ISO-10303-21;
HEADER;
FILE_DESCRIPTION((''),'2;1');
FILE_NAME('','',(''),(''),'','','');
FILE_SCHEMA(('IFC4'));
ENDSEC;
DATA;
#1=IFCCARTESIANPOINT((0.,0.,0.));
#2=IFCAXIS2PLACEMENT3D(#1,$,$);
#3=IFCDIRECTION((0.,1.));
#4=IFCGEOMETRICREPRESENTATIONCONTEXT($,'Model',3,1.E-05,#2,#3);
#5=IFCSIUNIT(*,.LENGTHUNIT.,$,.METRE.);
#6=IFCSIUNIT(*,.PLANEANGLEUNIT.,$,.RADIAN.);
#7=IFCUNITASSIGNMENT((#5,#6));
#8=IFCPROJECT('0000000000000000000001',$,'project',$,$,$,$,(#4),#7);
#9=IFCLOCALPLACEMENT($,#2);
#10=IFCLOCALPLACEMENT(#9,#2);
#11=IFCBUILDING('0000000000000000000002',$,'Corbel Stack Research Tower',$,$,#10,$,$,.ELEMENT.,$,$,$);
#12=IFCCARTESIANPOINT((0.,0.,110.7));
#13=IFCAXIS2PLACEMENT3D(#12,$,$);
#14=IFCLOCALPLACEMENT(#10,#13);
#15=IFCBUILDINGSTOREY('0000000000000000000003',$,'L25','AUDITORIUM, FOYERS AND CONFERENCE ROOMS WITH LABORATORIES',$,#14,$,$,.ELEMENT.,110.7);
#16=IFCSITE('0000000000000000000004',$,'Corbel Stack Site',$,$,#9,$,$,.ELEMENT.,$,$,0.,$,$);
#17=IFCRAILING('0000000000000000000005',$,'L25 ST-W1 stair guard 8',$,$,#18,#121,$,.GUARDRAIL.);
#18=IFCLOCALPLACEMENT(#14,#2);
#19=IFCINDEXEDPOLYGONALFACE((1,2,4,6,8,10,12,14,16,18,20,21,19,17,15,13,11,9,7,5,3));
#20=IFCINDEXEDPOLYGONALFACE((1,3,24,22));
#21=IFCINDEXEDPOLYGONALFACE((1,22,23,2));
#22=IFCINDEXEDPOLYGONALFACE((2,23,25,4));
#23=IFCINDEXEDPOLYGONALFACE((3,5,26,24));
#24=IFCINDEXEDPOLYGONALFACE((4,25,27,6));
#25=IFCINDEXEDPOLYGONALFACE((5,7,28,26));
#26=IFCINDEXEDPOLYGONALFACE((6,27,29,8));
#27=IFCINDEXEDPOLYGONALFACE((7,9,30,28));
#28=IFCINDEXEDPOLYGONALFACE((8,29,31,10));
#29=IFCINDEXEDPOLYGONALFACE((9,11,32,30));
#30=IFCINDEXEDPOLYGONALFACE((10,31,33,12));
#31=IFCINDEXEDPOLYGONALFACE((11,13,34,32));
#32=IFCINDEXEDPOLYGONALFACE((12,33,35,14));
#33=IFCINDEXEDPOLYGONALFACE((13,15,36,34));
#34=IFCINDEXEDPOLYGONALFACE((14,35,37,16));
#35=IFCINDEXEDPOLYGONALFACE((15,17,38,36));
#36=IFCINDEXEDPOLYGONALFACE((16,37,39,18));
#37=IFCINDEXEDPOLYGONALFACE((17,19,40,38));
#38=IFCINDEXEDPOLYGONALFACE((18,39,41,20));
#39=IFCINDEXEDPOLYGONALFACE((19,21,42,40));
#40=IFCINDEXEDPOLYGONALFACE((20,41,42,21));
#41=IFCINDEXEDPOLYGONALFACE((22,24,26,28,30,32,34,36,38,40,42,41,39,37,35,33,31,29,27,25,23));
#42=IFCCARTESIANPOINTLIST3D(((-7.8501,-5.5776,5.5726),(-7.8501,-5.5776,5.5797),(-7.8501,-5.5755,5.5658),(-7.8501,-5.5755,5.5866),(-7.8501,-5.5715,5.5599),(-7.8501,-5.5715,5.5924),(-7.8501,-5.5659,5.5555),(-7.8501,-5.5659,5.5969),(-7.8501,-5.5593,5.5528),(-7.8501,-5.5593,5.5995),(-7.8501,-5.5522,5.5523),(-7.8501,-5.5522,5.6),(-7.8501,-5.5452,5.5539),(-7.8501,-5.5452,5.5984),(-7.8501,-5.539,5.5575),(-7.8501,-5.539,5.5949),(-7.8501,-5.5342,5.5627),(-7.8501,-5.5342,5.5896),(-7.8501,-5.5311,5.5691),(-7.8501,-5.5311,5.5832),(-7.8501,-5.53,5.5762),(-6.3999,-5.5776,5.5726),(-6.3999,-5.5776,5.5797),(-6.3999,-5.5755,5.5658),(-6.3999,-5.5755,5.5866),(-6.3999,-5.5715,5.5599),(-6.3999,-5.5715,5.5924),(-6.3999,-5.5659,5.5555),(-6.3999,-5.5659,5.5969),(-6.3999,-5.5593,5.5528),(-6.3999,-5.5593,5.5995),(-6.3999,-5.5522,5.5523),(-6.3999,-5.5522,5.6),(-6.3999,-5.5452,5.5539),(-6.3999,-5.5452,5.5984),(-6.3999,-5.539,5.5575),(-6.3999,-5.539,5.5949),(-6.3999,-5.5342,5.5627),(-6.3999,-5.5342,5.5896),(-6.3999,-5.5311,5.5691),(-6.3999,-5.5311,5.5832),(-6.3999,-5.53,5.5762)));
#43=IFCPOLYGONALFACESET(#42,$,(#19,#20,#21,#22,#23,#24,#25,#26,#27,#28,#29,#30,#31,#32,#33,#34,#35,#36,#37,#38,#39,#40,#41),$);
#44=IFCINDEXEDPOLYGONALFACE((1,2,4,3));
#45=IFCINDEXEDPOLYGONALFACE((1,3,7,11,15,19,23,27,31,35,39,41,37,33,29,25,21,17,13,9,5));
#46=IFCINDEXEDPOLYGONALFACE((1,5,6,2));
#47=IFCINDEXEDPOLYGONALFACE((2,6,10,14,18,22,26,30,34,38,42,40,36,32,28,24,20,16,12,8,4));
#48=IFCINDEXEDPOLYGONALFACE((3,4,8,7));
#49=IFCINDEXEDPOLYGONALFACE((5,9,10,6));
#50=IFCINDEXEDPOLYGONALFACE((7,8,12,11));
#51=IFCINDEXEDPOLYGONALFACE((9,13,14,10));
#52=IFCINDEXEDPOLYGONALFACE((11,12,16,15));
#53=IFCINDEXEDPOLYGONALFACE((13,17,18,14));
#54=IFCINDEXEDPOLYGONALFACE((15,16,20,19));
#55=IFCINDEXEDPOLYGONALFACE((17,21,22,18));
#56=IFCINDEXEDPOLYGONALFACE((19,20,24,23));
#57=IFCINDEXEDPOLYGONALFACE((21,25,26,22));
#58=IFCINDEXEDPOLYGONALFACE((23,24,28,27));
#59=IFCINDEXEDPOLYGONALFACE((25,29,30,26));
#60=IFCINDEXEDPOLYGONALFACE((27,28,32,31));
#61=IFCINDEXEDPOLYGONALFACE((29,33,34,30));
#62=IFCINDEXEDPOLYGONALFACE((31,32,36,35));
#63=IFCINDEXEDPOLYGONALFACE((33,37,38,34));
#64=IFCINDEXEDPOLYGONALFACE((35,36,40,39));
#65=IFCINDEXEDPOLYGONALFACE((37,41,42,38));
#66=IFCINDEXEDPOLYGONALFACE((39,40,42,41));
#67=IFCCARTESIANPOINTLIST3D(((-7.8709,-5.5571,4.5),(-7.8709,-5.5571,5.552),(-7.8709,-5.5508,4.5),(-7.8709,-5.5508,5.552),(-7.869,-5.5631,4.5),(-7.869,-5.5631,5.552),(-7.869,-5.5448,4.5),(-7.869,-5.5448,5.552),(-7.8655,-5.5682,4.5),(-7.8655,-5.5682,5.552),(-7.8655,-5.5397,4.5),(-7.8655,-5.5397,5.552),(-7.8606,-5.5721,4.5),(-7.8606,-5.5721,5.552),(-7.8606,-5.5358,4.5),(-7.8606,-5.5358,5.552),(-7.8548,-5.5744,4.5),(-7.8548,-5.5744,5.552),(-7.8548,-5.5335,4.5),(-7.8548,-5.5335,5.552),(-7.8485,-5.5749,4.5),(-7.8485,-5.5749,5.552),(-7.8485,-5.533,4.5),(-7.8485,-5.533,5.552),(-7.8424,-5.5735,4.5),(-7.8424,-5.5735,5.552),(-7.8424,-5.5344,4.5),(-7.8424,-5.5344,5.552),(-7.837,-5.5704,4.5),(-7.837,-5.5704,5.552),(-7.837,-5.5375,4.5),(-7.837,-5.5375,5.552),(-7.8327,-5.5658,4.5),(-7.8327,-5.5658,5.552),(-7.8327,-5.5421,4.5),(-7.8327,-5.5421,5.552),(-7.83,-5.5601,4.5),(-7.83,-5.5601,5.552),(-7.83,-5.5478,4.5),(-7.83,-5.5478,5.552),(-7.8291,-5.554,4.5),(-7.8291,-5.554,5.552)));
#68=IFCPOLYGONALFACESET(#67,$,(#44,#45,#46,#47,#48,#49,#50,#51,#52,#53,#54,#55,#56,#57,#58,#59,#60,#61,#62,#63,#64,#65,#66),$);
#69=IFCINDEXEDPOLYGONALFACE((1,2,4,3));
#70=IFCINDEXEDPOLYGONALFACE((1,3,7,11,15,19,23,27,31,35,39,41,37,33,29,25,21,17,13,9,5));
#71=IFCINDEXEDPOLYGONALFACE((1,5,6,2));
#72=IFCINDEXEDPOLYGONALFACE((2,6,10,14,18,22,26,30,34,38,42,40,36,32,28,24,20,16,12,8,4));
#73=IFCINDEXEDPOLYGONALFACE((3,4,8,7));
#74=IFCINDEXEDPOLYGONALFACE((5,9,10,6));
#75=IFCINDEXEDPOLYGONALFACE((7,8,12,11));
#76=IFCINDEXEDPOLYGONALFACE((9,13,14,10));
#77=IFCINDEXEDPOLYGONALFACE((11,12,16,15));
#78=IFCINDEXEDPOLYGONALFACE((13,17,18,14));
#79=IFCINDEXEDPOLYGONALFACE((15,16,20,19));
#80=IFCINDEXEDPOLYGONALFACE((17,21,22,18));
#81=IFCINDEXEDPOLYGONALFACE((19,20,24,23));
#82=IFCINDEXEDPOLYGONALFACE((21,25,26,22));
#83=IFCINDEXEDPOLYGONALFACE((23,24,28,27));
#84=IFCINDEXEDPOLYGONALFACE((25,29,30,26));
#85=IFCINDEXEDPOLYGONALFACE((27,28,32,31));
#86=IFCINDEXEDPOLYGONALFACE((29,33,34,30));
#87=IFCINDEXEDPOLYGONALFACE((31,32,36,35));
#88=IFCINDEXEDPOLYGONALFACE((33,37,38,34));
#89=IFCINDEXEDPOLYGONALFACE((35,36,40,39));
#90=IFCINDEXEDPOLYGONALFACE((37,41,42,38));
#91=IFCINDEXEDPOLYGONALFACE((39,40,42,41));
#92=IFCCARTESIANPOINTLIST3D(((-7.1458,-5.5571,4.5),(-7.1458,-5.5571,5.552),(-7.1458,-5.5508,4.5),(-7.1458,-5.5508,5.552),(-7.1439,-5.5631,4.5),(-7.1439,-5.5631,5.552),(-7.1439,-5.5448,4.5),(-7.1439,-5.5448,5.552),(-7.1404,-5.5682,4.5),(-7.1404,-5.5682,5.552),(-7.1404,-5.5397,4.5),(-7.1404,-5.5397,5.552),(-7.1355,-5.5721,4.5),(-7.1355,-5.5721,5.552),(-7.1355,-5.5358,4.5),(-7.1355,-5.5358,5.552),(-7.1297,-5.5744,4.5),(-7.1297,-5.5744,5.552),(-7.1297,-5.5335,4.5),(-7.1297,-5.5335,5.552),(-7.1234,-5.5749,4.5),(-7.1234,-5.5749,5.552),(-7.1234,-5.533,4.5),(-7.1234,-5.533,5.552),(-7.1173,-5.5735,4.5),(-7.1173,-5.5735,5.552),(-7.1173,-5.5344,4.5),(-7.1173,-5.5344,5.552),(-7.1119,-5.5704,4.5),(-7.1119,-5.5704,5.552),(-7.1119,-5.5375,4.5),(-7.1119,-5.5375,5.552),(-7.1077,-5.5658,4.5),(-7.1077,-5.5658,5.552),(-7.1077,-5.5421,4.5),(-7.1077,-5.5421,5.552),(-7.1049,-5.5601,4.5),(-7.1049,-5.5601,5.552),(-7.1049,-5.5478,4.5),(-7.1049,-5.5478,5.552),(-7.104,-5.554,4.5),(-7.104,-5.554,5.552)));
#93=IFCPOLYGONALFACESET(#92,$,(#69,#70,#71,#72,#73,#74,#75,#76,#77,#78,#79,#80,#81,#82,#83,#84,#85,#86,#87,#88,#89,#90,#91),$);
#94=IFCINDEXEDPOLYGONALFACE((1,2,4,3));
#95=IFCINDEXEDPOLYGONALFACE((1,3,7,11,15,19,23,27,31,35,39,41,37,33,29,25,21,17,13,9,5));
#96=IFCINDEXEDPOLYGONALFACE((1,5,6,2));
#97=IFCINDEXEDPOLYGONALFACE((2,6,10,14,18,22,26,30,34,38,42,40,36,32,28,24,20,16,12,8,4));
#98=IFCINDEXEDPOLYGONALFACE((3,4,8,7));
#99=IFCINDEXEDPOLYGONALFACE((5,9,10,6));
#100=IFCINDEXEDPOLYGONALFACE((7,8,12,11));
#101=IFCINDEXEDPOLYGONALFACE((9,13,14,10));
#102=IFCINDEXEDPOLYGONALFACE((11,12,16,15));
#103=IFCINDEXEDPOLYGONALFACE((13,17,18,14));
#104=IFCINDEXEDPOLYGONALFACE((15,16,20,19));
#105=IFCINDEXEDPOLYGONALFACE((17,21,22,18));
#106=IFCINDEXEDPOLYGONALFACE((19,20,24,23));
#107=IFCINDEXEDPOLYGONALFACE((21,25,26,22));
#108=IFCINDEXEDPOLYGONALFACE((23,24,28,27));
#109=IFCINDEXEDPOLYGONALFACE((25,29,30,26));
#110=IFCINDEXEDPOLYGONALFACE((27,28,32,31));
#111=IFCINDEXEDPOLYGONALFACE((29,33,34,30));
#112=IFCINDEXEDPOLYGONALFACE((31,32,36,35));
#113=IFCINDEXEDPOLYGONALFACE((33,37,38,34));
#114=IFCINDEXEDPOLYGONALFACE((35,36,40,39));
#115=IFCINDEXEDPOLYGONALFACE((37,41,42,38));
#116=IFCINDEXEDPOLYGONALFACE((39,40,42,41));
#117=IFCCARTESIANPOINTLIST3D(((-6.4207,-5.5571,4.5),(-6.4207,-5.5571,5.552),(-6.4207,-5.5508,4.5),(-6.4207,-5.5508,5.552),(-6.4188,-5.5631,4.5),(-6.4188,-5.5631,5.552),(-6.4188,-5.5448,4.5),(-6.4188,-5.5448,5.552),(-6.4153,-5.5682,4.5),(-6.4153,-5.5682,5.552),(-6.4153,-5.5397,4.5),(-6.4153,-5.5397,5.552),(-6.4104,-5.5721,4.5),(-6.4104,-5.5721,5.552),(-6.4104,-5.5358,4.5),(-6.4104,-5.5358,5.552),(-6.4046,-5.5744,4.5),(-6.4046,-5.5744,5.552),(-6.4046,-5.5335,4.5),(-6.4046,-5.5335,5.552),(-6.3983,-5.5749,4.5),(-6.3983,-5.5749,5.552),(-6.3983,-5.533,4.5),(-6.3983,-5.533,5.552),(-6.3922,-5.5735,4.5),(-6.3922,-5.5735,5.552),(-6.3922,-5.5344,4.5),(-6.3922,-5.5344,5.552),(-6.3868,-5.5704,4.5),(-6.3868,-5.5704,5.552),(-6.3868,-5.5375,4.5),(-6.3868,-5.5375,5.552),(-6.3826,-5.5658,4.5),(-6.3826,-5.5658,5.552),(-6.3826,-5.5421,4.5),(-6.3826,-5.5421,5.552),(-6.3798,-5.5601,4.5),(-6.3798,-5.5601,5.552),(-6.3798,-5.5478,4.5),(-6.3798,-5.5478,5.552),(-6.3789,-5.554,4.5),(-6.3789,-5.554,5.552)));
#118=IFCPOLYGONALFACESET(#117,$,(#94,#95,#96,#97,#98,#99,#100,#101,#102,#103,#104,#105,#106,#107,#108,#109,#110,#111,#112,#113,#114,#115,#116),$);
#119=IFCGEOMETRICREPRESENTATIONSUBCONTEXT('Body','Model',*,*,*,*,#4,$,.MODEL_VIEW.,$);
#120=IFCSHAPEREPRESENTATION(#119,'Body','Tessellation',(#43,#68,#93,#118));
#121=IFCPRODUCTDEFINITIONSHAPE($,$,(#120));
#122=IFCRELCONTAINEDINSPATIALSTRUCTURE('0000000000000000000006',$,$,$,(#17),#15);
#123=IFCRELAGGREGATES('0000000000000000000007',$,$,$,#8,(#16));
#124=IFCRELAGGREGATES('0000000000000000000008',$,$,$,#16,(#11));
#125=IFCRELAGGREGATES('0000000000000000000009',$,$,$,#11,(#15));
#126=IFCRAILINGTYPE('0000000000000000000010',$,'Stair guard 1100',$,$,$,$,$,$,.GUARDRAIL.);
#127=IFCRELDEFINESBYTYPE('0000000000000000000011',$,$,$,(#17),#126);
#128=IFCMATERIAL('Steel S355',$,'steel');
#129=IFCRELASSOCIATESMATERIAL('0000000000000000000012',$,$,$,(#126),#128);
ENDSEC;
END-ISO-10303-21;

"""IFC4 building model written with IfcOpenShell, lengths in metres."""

from ifc_helpers import new_model, si_unit, direction, frame, origin, origin_2d, place, context, subcontext, project, spatial, circle, extrude, material, type_object, element, save


model = new_model("IFC4")

# Units and contexts
model_context = context("Model", 3, precision=1e-05, world=origin(), true_north=direction((0.0, 1.0)))
body_context = subcontext(model_context, "Body", "Model", "MODEL_VIEW")
ifc_project = project(units=[si_unit("LENGTHUNIT", "METRE"), si_unit("PLANEANGLEUNIT", "RADIAN")], contexts=[model_context])

# Site, building, storey
site_placement = place(None, origin())
site = spatial("IfcSite", under=ifc_project, at=site_placement, Name="Corbel Stack Site", CompositionType="ELEMENT", RefElevation=0.0)
building_placement = place(site_placement, origin())
building = spatial("IfcBuilding", under=site, at=building_placement, Name="Corbel Stack Research Tower", CompositionType="ELEMENT")
storey_placement = place(building_placement, frame((0.0, 0.0, 110.7)))
storey = spatial("IfcBuildingStorey", under=building, at=storey_placement, Name="L25", Description="AUDITORIUM, FOYERS AND CONFERENCE ROOMS WITH LABORATORIES", CompositionType="ELEMENT", Elevation=110.7)

# Railing
ifc_material_1 = material(Name="Steel S355", Category="steel")
railing_type_1 = type_object("IfcRailingType", Name="Stair guard 1100", PredefinedType="GUARDRAIL", material=ifc_material_1)
railing_1_placement = place(storey_placement, frame((-7.8501, -5.554, 4.5)))
element("IfcRailing", 1, at=railing_1_placement, inside=storey, type_object=railing_type_1, Name="L25 ST-W1 stair guard 8", PredefinedType="GUARDRAIL", context=body_context, shape_type="SweptSolid", body=[
    extrude(circle(Radius=0.0239, at=origin_2d()), frame((0.0, 0.0, 1.0762), z_axis=(1.0, 0.0, 0.0), x_axis=(0.0, 1.0, 0.0)), (0.0, 0.0, 1.0), 1.4502),
    extrude(circle(Radius=0.021, at=origin_2d()), origin(), (0.0, 0.0, 1.0), 1.052),
    extrude(circle(Radius=0.021, at=origin_2d()), frame((0.7251, 0.0, 0.0)), (0.0, 0.0, 1.0), 1.052),
    extrude(circle(Radius=0.021, at=origin_2d()), frame((1.4502, 0.0, 0.0)), (0.0, 0.0, 1.0), 1.052),
])

save(model, "model.ifc")
